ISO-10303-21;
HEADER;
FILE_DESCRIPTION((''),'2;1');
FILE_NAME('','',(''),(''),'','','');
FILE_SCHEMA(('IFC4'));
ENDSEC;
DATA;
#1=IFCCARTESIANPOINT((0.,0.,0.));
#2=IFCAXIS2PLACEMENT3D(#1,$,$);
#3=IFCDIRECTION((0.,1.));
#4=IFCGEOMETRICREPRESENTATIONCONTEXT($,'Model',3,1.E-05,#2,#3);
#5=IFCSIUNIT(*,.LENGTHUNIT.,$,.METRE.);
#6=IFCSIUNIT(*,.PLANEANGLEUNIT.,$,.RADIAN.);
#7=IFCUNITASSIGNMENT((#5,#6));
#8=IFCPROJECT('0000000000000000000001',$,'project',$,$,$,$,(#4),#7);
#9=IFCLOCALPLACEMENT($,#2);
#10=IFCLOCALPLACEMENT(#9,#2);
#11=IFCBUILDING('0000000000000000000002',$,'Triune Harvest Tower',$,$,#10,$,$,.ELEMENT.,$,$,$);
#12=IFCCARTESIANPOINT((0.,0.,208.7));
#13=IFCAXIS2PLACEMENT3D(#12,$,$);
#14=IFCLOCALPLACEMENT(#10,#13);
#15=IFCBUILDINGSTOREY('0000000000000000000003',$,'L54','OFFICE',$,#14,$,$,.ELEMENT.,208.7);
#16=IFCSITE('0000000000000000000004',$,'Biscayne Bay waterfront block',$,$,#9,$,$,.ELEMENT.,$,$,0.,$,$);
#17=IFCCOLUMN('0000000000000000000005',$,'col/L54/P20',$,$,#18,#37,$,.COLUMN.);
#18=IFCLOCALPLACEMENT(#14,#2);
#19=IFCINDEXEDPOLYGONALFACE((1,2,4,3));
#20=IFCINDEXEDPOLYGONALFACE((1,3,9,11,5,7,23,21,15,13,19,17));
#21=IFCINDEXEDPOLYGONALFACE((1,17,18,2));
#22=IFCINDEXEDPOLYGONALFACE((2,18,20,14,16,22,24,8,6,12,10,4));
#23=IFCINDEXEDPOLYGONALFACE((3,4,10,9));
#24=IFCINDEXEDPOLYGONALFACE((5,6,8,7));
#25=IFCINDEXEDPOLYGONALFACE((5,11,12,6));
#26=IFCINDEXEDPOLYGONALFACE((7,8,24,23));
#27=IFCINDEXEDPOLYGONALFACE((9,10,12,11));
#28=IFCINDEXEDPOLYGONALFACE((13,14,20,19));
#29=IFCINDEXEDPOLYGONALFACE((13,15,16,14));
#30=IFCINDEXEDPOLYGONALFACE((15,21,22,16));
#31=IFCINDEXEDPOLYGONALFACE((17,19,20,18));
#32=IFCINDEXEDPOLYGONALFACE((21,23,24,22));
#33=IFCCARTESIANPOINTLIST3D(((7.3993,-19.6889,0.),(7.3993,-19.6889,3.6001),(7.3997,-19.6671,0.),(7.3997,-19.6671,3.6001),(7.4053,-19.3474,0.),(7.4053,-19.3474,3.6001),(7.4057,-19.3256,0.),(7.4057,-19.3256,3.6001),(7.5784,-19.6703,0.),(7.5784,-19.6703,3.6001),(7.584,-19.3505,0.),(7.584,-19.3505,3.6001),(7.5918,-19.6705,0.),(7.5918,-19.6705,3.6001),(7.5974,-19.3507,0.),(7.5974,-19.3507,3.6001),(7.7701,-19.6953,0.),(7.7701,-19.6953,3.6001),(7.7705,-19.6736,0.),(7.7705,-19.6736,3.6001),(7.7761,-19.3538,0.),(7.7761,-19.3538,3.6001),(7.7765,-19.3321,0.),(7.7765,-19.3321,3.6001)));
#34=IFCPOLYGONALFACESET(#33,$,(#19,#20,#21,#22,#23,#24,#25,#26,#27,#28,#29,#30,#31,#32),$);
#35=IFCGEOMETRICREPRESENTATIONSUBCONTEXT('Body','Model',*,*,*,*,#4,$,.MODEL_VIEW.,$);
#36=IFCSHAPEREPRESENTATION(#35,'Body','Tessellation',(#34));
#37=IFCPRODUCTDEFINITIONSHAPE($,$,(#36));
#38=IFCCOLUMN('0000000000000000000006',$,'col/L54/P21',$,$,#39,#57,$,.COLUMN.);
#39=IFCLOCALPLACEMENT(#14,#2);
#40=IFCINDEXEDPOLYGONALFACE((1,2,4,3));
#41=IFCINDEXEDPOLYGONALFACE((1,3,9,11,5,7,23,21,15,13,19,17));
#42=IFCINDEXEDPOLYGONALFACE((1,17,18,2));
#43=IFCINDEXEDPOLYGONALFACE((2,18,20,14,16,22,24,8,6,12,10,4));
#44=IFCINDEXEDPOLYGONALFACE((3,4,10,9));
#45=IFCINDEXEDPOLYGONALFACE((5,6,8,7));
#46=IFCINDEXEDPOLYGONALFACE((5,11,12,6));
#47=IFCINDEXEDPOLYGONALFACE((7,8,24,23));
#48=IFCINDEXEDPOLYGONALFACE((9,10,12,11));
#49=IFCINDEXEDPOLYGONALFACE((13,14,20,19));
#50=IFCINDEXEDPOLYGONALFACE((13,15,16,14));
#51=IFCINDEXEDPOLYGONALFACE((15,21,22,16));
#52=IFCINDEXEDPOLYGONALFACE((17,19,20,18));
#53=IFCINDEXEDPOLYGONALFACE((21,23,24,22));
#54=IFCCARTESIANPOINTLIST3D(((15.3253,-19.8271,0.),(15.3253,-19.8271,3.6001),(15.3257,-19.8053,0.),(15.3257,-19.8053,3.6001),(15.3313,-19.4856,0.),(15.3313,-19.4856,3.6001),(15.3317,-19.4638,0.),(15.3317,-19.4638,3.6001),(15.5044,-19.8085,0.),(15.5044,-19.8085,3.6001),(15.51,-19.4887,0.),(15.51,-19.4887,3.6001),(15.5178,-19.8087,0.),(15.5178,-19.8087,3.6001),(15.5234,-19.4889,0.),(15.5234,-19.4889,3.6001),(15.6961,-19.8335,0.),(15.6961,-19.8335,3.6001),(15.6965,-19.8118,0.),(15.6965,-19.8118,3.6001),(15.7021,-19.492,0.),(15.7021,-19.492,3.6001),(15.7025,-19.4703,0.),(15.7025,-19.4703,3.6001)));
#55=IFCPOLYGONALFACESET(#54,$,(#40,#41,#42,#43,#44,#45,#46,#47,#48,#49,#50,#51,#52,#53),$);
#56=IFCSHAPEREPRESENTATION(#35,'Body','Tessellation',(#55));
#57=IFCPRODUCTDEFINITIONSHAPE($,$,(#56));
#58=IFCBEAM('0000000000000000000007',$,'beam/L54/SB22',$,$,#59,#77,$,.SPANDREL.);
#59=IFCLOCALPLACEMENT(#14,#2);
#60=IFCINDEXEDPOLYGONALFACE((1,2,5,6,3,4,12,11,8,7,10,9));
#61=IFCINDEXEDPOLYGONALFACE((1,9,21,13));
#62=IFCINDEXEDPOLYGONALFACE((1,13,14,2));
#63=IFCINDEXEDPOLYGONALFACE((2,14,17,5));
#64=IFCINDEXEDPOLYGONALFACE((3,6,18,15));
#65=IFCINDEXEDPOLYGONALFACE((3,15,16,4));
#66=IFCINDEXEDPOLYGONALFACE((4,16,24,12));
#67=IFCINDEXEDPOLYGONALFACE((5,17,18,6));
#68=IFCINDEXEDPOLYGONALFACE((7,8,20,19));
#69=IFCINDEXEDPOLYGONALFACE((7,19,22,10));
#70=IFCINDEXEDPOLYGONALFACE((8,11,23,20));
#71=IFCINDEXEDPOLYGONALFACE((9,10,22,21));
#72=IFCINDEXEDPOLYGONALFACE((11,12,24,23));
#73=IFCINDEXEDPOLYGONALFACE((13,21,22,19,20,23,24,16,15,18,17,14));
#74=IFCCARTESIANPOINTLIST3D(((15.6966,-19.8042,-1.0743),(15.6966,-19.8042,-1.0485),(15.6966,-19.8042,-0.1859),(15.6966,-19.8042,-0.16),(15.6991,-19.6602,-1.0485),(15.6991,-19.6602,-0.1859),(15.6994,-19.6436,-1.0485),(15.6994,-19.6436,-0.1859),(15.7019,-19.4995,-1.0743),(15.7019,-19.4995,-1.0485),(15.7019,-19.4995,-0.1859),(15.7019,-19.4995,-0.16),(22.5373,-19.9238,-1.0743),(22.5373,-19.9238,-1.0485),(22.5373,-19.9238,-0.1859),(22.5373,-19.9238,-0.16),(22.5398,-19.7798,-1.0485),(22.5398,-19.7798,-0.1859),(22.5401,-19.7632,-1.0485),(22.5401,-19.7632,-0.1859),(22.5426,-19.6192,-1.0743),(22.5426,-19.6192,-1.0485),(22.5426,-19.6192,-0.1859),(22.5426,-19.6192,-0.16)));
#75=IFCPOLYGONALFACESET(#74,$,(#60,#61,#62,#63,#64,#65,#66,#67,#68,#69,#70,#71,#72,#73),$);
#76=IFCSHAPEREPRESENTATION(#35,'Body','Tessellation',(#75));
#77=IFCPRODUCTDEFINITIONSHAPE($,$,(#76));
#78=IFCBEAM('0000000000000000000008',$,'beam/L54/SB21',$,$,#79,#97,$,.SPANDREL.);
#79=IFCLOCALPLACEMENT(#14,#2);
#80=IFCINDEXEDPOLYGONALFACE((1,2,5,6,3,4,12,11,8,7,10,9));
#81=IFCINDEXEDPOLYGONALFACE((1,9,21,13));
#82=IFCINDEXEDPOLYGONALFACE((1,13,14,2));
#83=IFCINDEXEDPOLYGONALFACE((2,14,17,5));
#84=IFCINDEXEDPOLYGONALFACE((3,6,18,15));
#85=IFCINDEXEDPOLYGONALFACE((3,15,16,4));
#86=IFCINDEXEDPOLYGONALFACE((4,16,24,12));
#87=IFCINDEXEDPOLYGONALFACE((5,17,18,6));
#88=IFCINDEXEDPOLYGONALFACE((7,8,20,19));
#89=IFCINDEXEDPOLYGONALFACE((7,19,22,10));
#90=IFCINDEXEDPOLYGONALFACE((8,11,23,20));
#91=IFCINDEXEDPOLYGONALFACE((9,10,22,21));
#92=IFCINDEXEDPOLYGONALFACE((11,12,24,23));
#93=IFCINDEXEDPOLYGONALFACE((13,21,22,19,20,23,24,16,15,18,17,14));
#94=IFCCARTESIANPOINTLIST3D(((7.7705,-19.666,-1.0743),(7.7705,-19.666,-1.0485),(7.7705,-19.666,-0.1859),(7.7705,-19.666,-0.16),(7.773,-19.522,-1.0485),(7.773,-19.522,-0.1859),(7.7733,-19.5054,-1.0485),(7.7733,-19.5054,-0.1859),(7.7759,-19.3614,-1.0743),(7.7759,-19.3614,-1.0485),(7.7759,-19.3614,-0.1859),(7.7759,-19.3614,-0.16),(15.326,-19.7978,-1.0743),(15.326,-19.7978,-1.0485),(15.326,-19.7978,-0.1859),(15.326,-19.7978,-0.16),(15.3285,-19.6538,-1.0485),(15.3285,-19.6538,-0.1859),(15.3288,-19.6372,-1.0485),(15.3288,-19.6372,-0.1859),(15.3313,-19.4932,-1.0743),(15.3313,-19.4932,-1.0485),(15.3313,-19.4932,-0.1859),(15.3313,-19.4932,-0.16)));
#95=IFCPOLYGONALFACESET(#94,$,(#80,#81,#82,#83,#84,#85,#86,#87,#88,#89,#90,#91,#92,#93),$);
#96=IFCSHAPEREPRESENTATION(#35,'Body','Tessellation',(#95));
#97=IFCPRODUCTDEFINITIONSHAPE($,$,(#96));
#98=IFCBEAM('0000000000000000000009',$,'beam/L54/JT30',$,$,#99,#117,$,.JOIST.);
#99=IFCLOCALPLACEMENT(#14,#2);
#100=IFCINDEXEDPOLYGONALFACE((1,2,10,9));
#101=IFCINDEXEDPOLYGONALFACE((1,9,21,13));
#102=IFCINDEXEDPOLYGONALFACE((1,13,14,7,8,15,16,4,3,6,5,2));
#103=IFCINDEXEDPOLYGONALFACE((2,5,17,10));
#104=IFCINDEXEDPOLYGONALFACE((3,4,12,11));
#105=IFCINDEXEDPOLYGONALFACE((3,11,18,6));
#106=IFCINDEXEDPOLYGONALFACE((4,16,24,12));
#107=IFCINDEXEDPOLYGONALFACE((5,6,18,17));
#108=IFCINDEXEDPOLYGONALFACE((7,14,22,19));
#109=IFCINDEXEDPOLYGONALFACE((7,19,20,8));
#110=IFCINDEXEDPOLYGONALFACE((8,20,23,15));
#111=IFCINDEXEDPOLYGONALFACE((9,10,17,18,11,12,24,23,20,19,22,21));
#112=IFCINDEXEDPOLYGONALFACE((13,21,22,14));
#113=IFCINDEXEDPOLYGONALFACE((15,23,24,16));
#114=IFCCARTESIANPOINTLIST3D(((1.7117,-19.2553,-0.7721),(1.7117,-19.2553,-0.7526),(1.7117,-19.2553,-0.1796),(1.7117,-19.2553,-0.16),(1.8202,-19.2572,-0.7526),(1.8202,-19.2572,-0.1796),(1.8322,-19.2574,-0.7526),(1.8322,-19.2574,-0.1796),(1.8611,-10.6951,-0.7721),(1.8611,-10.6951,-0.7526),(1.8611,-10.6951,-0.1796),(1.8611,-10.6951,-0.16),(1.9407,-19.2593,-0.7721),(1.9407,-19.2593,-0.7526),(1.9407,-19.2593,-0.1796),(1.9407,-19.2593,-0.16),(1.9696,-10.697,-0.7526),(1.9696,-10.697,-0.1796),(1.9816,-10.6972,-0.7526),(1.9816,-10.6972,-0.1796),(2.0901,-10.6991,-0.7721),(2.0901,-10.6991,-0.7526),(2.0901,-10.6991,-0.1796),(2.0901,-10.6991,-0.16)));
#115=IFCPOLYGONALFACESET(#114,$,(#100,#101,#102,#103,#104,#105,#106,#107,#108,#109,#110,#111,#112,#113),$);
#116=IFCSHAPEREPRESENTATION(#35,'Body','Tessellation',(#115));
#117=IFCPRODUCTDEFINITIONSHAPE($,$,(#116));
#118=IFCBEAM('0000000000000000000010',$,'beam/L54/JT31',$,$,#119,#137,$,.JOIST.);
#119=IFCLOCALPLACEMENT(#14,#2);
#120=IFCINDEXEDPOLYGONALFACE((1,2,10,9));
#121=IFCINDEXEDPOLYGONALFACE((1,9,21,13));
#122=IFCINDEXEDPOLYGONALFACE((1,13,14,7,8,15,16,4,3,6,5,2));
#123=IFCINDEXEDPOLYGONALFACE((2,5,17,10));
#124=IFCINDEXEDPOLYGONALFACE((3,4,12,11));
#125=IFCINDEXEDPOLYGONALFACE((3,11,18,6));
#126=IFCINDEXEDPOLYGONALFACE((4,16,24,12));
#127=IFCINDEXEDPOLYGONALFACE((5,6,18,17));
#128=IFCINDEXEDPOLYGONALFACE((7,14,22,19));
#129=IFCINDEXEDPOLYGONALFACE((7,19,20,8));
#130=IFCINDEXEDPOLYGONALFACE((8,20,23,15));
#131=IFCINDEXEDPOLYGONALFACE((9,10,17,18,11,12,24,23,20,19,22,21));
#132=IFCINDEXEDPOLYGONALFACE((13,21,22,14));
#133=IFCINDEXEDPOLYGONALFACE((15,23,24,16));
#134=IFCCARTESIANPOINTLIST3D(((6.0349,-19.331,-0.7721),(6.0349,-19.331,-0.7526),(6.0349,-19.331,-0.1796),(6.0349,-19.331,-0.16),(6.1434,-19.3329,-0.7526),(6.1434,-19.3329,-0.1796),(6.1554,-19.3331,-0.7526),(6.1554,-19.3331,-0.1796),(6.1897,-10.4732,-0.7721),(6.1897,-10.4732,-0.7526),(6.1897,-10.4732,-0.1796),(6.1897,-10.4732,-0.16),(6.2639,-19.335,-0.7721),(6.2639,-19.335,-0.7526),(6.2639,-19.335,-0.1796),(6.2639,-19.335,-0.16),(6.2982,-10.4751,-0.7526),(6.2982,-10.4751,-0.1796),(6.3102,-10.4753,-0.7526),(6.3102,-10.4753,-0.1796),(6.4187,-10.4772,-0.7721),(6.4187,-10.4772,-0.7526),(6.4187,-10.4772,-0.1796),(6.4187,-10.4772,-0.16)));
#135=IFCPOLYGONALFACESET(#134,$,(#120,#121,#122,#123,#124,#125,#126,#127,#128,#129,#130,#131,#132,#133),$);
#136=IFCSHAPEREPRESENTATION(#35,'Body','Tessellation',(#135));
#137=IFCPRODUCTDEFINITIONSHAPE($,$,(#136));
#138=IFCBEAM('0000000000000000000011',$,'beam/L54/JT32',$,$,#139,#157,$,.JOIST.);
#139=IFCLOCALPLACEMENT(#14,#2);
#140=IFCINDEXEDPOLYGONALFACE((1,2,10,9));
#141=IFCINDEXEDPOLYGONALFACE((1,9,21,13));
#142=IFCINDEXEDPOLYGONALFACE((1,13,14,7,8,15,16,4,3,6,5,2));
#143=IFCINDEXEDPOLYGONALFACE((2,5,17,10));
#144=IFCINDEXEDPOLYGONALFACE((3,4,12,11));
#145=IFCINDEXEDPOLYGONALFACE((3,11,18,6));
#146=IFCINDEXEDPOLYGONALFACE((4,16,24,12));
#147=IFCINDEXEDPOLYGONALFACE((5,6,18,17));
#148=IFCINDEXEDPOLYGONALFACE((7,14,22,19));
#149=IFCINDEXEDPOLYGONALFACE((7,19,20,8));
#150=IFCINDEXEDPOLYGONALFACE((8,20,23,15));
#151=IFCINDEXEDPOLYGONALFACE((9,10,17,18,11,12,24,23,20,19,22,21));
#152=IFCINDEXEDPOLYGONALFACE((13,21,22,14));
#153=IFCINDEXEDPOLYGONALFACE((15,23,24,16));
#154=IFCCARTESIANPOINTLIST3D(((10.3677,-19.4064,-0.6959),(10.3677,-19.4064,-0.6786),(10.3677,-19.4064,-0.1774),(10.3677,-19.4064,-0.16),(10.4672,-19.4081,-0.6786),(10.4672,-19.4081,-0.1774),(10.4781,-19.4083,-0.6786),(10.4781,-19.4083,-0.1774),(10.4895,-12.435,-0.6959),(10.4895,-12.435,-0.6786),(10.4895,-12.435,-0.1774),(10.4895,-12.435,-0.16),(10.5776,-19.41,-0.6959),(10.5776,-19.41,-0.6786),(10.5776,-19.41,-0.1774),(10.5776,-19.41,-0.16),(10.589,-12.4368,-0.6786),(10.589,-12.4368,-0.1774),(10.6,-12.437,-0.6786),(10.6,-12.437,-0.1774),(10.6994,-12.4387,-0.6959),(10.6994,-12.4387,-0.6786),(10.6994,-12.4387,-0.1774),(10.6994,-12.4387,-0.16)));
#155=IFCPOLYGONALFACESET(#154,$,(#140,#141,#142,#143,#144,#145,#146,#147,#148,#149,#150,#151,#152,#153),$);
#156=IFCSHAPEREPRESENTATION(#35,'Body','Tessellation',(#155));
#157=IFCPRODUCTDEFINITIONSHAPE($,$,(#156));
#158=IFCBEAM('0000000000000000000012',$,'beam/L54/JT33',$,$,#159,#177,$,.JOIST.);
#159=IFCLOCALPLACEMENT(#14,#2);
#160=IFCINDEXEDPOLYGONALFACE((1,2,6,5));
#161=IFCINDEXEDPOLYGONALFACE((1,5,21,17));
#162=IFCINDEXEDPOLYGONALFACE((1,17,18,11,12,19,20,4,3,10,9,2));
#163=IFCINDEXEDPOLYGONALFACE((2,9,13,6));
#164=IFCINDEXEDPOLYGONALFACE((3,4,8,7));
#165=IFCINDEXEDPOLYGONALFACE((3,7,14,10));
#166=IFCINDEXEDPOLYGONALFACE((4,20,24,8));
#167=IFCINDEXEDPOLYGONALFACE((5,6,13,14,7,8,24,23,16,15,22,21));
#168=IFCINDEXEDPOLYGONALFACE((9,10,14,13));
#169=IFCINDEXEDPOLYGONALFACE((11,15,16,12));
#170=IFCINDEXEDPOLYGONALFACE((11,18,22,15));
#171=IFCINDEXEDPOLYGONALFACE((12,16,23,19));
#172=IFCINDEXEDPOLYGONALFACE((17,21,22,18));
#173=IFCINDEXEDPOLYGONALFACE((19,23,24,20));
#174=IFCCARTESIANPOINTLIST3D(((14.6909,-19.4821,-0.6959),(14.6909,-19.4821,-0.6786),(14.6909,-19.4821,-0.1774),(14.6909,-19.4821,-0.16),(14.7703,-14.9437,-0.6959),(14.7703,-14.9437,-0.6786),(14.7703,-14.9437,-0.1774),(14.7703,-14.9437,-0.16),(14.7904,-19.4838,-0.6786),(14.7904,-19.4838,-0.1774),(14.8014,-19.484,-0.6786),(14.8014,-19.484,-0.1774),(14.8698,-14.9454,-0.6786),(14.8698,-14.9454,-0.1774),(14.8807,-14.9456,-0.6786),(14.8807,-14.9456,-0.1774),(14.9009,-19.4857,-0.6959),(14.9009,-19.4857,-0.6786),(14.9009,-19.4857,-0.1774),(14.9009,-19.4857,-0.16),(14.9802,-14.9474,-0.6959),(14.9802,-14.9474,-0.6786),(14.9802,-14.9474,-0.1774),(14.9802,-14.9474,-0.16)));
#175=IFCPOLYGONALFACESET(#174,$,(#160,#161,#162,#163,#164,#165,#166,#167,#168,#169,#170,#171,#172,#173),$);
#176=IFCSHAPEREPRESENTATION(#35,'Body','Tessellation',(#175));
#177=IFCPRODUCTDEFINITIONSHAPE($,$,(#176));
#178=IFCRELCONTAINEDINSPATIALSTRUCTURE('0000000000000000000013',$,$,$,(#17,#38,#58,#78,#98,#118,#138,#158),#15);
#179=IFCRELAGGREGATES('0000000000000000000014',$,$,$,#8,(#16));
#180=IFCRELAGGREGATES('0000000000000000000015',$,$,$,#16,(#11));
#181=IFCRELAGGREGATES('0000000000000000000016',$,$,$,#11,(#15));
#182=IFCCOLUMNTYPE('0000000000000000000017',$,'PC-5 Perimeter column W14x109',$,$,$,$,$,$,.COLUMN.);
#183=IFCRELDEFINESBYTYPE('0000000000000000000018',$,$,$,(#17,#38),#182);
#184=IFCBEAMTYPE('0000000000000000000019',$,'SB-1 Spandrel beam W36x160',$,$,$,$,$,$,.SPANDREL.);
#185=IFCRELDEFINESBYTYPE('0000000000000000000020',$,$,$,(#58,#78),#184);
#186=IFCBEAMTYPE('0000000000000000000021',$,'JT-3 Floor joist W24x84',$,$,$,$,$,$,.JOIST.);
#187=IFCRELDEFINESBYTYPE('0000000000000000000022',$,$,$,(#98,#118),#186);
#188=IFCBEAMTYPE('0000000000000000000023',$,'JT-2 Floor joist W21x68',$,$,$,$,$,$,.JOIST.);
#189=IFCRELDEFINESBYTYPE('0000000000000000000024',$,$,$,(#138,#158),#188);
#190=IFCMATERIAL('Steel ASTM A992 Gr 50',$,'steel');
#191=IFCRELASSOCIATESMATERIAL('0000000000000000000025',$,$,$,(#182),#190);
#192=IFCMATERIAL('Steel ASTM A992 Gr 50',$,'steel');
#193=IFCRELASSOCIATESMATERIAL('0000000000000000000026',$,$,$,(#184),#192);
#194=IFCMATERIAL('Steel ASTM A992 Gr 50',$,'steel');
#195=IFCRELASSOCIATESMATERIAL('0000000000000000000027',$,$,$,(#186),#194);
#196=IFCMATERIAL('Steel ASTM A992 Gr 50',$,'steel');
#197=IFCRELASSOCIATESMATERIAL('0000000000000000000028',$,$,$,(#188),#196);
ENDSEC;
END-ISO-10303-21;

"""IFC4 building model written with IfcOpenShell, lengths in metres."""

from ifc_helpers import new_model, si_unit, direction, frame, origin, origin_2d, place, context, subcontext, project, spatial, i_section, extrude, source, transform, mapped, material, material_profile, profile_set, type_object, element, save


model = new_model("IFC4")

# Units and contexts
model_context = context("Model", 3, precision=1e-05, world=origin(), true_north=direction((0.0, 1.0)))
body_context = subcontext(model_context, "Body", "Model", "MODEL_VIEW")
ifc_project = project(units=[si_unit("LENGTHUNIT", "METRE"), si_unit("PLANEANGLEUNIT", "RADIAN")], contexts=[model_context])

# Site, building, storey
site_placement = place(None, origin())
site = spatial("IfcSite", under=ifc_project, at=site_placement, Name="Biscayne Bay waterfront block", CompositionType="ELEMENT", RefElevation=0.0)
building_placement = place(site_placement, origin())
building = spatial("IfcBuilding", under=site, at=building_placement, Name="Triune Harvest Tower", CompositionType="ELEMENT")
storey_placement = place(building_placement, frame((0.0, 0.0, 208.7)))
storey = spatial("IfcBuildingStorey", under=building, at=storey_placement, Name="L54", Description="OFFICE", CompositionType="ELEMENT", Elevation=208.7)

# Columns
ifc_material_1 = material(Name="Steel ASTM A992 Gr 50", Category="steel")
ifc_material_profile_1 = material_profile(ifc_material_1, i_section(OverallWidth=0.3708, OverallDepth=0.3633, WebThickness=0.0134, FlangeThickness=0.0217, at=origin_2d()), Name="W14x109")
ifc_profile_set_1 = profile_set([ifc_material_profile_1], Name="Steel ASTM A992 Gr 50")
column_type = type_object("IfcColumnType", Name="PC-5 Perimeter column W14x109", PredefinedType="COLUMN", material=ifc_profile_set_1)
shared_shape_1 = source(origin(), body_context, "Body", "SweptSolid", [
    extrude(i_section(OverallWidth=0.3708, OverallDepth=0.3633, WebThickness=0.0134, FlangeThickness=0.0217, at=origin_2d()), origin(), (0.0, 0.0, 1.0), 3.6001),
])
for number, where, z_axis, x_axis, name in (
    (1, (7.5879, -19.5105, 0.0), (0.0, 0.0, 1.0), (0.999848, -0.017452, 0.0), "col/L54/P20"),
    (2, (15.5139, -19.6487, 0.0), (0.0, 0.0, 1.0), (0.999848, -0.017452, 0.0), "col/L54/P21"),
):
    element("IfcColumn", number, at=place(storey_placement, frame(where, z_axis=z_axis, x_axis=x_axis)), inside=storey, type_object=column_type, Name=name, PredefinedType="COLUMN", context=body_context, shape_type="MappedRepresentation", body=[
        mapped(shared_shape_1, transform((0.0, 0.0, 0.0), scale=1.0)),
    ])

# Beams
ifc_material_2 = material(Name="Steel ASTM A992 Gr 50", Category="steel")
ifc_material_profile_2 = material_profile(ifc_material_2, i_section(OverallWidth=0.3047, OverallDepth=0.9143, WebThickness=0.0166, FlangeThickness=0.0259, at=origin_2d()), Name="W36x160")
ifc_profile_set_2 = profile_set([ifc_material_profile_2], Name="Steel ASTM A992 Gr 50")
beam_type_1 = type_object("IfcBeamType", Name="SB-1 Spandrel beam W36x160", PredefinedType="SPANDREL", material=ifc_profile_set_2)
shared_shape_2 = source(origin(), body_context, "Body", "SweptSolid", [
    extrude(i_section(OverallWidth=0.3047, OverallDepth=0.9143, WebThickness=0.0166, FlangeThickness=0.0259, at=origin_2d()), origin(), (0.0, 0.0, 1.0), 6.8418),
])
beam_1_placement = place(storey_placement, frame((15.6992, -19.6519, -0.6172), z_axis=(0.999847, -0.017485, 0.0), x_axis=(0.017485, 0.999847, 0.0)))
element("IfcBeam", 3, at=beam_1_placement, inside=storey, type_object=beam_type_1, Name="beam/L54/SB22", PredefinedType="SPANDREL", context=body_context, shape_type="MappedRepresentation", body=[
    mapped(shared_shape_2, transform((0.0, 0.0, 0.0), scale=1.0)),
])
shared_shape_3 = source(origin(), body_context, "Body", "SweptSolid", [
    extrude(i_section(OverallWidth=0.3047, OverallDepth=0.9143, WebThickness=0.0166, FlangeThickness=0.0259, at=origin_2d()), origin(), (0.0, 0.0, 1.0), 7.5566),
])
beam_2_placement = place(storey_placement, frame((7.7732, -19.5137, -0.6172), z_axis=(0.999848, -0.017447, 0.0), x_axis=(0.017447, 0.999848, 0.0)))
element("IfcBeam", 4, at=beam_2_placement, inside=storey, type_object=beam_type_1, Name="beam/L54/SB21", PredefinedType="SPANDREL", context=body_context, shape_type="MappedRepresentation", body=[
    mapped(shared_shape_3, transform((0.0, 0.0, 0.0), scale=1.0)),
])
ifc_material_3 = material(Name="Steel ASTM A992 Gr 50", Category="steel")
ifc_material_profile_3 = material_profile(ifc_material_3, i_section(OverallWidth=0.229, OverallDepth=0.6121, WebThickness=0.012, FlangeThickness=0.0195, at=origin_2d()), Name="W24x84")
ifc_profile_set_3 = profile_set([ifc_material_profile_3], Name="Steel ASTM A992 Gr 50")
beam_type_2 = type_object("IfcBeamType", Name="JT-3 Floor joist W24x84", PredefinedType="JOIST", material=ifc_profile_set_3)
shared_shape_4 = source(origin(), body_context, "Body", "SweptSolid", [
    extrude(i_section(OverallWidth=0.229, OverallDepth=0.6121, WebThickness=0.012, FlangeThickness=0.0195, at=origin_2d()), origin(), (0.0, 0.0, 1.0), 8.5615),
])
beam_3_placement = place(storey_placement, frame((1.8262, -19.2573, -0.4661), z_axis=(0.017452, 0.999848, 0.0), x_axis=(-0.999848, 0.017452, 0.0)))
element("IfcBeam", 5, at=beam_3_placement, inside=storey, type_object=beam_type_2, Name="beam/L54/JT30", PredefinedType="JOIST", context=body_context, shape_type="MappedRepresentation", body=[
    mapped(shared_shape_4, transform((0.0, 0.0, 0.0), scale=1.0)),
])
shared_shape_5 = source(origin(), body_context, "Body", "SweptSolid", [
    extrude(i_section(OverallWidth=0.229, OverallDepth=0.6121, WebThickness=0.012, FlangeThickness=0.0195, at=origin_2d()), origin(), (0.0, 0.0, 1.0), 8.8591),
])
beam_4_placement = place(storey_placement, frame((6.1494, -19.333, -0.4661), z_axis=(0.017472, 0.999847, 0.0), x_axis=(-0.999847, 0.017472, 0.0)))
element("IfcBeam", 6, at=beam_4_placement, inside=storey, type_object=beam_type_2, Name="beam/L54/JT31", PredefinedType="JOIST", context=body_context, shape_type="MappedRepresentation", body=[
    mapped(shared_shape_5, transform((0.0, 0.0, 0.0), scale=1.0)),
])
ifc_material_4 = material(Name="Steel ASTM A992 Gr 50", Category="steel")
ifc_material_profile_4 = material_profile(ifc_material_4, i_section(OverallWidth=0.21, OverallDepth=0.5359, WebThickness=0.011, FlangeThickness=0.0173, at=origin_2d()), Name="W21x68")
ifc_profile_set_4 = profile_set([ifc_material_profile_4], Name="Steel ASTM A992 Gr 50")
beam_type_3 = type_object("IfcBeamType", Name="JT-2 Floor joist W21x68", PredefinedType="JOIST", material=ifc_profile_set_4)
shared_shape_6 = source(origin(), body_context, "Body", "SweptSolid", [
    extrude(i_section(OverallWidth=0.21, OverallDepth=0.5359, WebThickness=0.011, FlangeThickness=0.0173, at=origin_2d()), origin(), (0.0, 0.0, 1.0), 6.9724),
])
beam_5_placement = place(storey_placement, frame((10.4727, -19.4082, -0.428), z_axis=(0.017472, 0.999847, 0.0), x_axis=(-0.999847, 0.017472, 0.0)))
element("IfcBeam", 7, at=beam_5_placement, inside=storey, type_object=beam_type_3, Name="beam/L54/JT32", PredefinedType="JOIST", context=body_context, shape_type="MappedRepresentation", body=[
    mapped(shared_shape_6, transform((0.0, 0.0, 0.0), scale=1.0)),
])
shared_shape_7 = source(origin(), body_context, "Body", "SweptSolid", [
    extrude(i_section(OverallWidth=0.21, OverallDepth=0.5359, WebThickness=0.011, FlangeThickness=0.0173, at=origin_2d()), origin(), (0.0, 0.0, 1.0), 4.5391),
])
beam_6_placement = place(storey_placement, frame((14.7959, -19.4839, -0.428), z_axis=(0.017481, 0.999847, 0.0), x_axis=(-0.999847, 0.017481, 0.0)))
element("IfcBeam", 8, at=beam_6_placement, inside=storey, type_object=beam_type_3, Name="beam/L54/JT33", PredefinedType="JOIST", context=body_context, shape_type="MappedRepresentation", body=[
    mapped(shared_shape_7, transform((0.0, 0.0, 0.0), scale=1.0)),
])

save(model, "model.ifc")
